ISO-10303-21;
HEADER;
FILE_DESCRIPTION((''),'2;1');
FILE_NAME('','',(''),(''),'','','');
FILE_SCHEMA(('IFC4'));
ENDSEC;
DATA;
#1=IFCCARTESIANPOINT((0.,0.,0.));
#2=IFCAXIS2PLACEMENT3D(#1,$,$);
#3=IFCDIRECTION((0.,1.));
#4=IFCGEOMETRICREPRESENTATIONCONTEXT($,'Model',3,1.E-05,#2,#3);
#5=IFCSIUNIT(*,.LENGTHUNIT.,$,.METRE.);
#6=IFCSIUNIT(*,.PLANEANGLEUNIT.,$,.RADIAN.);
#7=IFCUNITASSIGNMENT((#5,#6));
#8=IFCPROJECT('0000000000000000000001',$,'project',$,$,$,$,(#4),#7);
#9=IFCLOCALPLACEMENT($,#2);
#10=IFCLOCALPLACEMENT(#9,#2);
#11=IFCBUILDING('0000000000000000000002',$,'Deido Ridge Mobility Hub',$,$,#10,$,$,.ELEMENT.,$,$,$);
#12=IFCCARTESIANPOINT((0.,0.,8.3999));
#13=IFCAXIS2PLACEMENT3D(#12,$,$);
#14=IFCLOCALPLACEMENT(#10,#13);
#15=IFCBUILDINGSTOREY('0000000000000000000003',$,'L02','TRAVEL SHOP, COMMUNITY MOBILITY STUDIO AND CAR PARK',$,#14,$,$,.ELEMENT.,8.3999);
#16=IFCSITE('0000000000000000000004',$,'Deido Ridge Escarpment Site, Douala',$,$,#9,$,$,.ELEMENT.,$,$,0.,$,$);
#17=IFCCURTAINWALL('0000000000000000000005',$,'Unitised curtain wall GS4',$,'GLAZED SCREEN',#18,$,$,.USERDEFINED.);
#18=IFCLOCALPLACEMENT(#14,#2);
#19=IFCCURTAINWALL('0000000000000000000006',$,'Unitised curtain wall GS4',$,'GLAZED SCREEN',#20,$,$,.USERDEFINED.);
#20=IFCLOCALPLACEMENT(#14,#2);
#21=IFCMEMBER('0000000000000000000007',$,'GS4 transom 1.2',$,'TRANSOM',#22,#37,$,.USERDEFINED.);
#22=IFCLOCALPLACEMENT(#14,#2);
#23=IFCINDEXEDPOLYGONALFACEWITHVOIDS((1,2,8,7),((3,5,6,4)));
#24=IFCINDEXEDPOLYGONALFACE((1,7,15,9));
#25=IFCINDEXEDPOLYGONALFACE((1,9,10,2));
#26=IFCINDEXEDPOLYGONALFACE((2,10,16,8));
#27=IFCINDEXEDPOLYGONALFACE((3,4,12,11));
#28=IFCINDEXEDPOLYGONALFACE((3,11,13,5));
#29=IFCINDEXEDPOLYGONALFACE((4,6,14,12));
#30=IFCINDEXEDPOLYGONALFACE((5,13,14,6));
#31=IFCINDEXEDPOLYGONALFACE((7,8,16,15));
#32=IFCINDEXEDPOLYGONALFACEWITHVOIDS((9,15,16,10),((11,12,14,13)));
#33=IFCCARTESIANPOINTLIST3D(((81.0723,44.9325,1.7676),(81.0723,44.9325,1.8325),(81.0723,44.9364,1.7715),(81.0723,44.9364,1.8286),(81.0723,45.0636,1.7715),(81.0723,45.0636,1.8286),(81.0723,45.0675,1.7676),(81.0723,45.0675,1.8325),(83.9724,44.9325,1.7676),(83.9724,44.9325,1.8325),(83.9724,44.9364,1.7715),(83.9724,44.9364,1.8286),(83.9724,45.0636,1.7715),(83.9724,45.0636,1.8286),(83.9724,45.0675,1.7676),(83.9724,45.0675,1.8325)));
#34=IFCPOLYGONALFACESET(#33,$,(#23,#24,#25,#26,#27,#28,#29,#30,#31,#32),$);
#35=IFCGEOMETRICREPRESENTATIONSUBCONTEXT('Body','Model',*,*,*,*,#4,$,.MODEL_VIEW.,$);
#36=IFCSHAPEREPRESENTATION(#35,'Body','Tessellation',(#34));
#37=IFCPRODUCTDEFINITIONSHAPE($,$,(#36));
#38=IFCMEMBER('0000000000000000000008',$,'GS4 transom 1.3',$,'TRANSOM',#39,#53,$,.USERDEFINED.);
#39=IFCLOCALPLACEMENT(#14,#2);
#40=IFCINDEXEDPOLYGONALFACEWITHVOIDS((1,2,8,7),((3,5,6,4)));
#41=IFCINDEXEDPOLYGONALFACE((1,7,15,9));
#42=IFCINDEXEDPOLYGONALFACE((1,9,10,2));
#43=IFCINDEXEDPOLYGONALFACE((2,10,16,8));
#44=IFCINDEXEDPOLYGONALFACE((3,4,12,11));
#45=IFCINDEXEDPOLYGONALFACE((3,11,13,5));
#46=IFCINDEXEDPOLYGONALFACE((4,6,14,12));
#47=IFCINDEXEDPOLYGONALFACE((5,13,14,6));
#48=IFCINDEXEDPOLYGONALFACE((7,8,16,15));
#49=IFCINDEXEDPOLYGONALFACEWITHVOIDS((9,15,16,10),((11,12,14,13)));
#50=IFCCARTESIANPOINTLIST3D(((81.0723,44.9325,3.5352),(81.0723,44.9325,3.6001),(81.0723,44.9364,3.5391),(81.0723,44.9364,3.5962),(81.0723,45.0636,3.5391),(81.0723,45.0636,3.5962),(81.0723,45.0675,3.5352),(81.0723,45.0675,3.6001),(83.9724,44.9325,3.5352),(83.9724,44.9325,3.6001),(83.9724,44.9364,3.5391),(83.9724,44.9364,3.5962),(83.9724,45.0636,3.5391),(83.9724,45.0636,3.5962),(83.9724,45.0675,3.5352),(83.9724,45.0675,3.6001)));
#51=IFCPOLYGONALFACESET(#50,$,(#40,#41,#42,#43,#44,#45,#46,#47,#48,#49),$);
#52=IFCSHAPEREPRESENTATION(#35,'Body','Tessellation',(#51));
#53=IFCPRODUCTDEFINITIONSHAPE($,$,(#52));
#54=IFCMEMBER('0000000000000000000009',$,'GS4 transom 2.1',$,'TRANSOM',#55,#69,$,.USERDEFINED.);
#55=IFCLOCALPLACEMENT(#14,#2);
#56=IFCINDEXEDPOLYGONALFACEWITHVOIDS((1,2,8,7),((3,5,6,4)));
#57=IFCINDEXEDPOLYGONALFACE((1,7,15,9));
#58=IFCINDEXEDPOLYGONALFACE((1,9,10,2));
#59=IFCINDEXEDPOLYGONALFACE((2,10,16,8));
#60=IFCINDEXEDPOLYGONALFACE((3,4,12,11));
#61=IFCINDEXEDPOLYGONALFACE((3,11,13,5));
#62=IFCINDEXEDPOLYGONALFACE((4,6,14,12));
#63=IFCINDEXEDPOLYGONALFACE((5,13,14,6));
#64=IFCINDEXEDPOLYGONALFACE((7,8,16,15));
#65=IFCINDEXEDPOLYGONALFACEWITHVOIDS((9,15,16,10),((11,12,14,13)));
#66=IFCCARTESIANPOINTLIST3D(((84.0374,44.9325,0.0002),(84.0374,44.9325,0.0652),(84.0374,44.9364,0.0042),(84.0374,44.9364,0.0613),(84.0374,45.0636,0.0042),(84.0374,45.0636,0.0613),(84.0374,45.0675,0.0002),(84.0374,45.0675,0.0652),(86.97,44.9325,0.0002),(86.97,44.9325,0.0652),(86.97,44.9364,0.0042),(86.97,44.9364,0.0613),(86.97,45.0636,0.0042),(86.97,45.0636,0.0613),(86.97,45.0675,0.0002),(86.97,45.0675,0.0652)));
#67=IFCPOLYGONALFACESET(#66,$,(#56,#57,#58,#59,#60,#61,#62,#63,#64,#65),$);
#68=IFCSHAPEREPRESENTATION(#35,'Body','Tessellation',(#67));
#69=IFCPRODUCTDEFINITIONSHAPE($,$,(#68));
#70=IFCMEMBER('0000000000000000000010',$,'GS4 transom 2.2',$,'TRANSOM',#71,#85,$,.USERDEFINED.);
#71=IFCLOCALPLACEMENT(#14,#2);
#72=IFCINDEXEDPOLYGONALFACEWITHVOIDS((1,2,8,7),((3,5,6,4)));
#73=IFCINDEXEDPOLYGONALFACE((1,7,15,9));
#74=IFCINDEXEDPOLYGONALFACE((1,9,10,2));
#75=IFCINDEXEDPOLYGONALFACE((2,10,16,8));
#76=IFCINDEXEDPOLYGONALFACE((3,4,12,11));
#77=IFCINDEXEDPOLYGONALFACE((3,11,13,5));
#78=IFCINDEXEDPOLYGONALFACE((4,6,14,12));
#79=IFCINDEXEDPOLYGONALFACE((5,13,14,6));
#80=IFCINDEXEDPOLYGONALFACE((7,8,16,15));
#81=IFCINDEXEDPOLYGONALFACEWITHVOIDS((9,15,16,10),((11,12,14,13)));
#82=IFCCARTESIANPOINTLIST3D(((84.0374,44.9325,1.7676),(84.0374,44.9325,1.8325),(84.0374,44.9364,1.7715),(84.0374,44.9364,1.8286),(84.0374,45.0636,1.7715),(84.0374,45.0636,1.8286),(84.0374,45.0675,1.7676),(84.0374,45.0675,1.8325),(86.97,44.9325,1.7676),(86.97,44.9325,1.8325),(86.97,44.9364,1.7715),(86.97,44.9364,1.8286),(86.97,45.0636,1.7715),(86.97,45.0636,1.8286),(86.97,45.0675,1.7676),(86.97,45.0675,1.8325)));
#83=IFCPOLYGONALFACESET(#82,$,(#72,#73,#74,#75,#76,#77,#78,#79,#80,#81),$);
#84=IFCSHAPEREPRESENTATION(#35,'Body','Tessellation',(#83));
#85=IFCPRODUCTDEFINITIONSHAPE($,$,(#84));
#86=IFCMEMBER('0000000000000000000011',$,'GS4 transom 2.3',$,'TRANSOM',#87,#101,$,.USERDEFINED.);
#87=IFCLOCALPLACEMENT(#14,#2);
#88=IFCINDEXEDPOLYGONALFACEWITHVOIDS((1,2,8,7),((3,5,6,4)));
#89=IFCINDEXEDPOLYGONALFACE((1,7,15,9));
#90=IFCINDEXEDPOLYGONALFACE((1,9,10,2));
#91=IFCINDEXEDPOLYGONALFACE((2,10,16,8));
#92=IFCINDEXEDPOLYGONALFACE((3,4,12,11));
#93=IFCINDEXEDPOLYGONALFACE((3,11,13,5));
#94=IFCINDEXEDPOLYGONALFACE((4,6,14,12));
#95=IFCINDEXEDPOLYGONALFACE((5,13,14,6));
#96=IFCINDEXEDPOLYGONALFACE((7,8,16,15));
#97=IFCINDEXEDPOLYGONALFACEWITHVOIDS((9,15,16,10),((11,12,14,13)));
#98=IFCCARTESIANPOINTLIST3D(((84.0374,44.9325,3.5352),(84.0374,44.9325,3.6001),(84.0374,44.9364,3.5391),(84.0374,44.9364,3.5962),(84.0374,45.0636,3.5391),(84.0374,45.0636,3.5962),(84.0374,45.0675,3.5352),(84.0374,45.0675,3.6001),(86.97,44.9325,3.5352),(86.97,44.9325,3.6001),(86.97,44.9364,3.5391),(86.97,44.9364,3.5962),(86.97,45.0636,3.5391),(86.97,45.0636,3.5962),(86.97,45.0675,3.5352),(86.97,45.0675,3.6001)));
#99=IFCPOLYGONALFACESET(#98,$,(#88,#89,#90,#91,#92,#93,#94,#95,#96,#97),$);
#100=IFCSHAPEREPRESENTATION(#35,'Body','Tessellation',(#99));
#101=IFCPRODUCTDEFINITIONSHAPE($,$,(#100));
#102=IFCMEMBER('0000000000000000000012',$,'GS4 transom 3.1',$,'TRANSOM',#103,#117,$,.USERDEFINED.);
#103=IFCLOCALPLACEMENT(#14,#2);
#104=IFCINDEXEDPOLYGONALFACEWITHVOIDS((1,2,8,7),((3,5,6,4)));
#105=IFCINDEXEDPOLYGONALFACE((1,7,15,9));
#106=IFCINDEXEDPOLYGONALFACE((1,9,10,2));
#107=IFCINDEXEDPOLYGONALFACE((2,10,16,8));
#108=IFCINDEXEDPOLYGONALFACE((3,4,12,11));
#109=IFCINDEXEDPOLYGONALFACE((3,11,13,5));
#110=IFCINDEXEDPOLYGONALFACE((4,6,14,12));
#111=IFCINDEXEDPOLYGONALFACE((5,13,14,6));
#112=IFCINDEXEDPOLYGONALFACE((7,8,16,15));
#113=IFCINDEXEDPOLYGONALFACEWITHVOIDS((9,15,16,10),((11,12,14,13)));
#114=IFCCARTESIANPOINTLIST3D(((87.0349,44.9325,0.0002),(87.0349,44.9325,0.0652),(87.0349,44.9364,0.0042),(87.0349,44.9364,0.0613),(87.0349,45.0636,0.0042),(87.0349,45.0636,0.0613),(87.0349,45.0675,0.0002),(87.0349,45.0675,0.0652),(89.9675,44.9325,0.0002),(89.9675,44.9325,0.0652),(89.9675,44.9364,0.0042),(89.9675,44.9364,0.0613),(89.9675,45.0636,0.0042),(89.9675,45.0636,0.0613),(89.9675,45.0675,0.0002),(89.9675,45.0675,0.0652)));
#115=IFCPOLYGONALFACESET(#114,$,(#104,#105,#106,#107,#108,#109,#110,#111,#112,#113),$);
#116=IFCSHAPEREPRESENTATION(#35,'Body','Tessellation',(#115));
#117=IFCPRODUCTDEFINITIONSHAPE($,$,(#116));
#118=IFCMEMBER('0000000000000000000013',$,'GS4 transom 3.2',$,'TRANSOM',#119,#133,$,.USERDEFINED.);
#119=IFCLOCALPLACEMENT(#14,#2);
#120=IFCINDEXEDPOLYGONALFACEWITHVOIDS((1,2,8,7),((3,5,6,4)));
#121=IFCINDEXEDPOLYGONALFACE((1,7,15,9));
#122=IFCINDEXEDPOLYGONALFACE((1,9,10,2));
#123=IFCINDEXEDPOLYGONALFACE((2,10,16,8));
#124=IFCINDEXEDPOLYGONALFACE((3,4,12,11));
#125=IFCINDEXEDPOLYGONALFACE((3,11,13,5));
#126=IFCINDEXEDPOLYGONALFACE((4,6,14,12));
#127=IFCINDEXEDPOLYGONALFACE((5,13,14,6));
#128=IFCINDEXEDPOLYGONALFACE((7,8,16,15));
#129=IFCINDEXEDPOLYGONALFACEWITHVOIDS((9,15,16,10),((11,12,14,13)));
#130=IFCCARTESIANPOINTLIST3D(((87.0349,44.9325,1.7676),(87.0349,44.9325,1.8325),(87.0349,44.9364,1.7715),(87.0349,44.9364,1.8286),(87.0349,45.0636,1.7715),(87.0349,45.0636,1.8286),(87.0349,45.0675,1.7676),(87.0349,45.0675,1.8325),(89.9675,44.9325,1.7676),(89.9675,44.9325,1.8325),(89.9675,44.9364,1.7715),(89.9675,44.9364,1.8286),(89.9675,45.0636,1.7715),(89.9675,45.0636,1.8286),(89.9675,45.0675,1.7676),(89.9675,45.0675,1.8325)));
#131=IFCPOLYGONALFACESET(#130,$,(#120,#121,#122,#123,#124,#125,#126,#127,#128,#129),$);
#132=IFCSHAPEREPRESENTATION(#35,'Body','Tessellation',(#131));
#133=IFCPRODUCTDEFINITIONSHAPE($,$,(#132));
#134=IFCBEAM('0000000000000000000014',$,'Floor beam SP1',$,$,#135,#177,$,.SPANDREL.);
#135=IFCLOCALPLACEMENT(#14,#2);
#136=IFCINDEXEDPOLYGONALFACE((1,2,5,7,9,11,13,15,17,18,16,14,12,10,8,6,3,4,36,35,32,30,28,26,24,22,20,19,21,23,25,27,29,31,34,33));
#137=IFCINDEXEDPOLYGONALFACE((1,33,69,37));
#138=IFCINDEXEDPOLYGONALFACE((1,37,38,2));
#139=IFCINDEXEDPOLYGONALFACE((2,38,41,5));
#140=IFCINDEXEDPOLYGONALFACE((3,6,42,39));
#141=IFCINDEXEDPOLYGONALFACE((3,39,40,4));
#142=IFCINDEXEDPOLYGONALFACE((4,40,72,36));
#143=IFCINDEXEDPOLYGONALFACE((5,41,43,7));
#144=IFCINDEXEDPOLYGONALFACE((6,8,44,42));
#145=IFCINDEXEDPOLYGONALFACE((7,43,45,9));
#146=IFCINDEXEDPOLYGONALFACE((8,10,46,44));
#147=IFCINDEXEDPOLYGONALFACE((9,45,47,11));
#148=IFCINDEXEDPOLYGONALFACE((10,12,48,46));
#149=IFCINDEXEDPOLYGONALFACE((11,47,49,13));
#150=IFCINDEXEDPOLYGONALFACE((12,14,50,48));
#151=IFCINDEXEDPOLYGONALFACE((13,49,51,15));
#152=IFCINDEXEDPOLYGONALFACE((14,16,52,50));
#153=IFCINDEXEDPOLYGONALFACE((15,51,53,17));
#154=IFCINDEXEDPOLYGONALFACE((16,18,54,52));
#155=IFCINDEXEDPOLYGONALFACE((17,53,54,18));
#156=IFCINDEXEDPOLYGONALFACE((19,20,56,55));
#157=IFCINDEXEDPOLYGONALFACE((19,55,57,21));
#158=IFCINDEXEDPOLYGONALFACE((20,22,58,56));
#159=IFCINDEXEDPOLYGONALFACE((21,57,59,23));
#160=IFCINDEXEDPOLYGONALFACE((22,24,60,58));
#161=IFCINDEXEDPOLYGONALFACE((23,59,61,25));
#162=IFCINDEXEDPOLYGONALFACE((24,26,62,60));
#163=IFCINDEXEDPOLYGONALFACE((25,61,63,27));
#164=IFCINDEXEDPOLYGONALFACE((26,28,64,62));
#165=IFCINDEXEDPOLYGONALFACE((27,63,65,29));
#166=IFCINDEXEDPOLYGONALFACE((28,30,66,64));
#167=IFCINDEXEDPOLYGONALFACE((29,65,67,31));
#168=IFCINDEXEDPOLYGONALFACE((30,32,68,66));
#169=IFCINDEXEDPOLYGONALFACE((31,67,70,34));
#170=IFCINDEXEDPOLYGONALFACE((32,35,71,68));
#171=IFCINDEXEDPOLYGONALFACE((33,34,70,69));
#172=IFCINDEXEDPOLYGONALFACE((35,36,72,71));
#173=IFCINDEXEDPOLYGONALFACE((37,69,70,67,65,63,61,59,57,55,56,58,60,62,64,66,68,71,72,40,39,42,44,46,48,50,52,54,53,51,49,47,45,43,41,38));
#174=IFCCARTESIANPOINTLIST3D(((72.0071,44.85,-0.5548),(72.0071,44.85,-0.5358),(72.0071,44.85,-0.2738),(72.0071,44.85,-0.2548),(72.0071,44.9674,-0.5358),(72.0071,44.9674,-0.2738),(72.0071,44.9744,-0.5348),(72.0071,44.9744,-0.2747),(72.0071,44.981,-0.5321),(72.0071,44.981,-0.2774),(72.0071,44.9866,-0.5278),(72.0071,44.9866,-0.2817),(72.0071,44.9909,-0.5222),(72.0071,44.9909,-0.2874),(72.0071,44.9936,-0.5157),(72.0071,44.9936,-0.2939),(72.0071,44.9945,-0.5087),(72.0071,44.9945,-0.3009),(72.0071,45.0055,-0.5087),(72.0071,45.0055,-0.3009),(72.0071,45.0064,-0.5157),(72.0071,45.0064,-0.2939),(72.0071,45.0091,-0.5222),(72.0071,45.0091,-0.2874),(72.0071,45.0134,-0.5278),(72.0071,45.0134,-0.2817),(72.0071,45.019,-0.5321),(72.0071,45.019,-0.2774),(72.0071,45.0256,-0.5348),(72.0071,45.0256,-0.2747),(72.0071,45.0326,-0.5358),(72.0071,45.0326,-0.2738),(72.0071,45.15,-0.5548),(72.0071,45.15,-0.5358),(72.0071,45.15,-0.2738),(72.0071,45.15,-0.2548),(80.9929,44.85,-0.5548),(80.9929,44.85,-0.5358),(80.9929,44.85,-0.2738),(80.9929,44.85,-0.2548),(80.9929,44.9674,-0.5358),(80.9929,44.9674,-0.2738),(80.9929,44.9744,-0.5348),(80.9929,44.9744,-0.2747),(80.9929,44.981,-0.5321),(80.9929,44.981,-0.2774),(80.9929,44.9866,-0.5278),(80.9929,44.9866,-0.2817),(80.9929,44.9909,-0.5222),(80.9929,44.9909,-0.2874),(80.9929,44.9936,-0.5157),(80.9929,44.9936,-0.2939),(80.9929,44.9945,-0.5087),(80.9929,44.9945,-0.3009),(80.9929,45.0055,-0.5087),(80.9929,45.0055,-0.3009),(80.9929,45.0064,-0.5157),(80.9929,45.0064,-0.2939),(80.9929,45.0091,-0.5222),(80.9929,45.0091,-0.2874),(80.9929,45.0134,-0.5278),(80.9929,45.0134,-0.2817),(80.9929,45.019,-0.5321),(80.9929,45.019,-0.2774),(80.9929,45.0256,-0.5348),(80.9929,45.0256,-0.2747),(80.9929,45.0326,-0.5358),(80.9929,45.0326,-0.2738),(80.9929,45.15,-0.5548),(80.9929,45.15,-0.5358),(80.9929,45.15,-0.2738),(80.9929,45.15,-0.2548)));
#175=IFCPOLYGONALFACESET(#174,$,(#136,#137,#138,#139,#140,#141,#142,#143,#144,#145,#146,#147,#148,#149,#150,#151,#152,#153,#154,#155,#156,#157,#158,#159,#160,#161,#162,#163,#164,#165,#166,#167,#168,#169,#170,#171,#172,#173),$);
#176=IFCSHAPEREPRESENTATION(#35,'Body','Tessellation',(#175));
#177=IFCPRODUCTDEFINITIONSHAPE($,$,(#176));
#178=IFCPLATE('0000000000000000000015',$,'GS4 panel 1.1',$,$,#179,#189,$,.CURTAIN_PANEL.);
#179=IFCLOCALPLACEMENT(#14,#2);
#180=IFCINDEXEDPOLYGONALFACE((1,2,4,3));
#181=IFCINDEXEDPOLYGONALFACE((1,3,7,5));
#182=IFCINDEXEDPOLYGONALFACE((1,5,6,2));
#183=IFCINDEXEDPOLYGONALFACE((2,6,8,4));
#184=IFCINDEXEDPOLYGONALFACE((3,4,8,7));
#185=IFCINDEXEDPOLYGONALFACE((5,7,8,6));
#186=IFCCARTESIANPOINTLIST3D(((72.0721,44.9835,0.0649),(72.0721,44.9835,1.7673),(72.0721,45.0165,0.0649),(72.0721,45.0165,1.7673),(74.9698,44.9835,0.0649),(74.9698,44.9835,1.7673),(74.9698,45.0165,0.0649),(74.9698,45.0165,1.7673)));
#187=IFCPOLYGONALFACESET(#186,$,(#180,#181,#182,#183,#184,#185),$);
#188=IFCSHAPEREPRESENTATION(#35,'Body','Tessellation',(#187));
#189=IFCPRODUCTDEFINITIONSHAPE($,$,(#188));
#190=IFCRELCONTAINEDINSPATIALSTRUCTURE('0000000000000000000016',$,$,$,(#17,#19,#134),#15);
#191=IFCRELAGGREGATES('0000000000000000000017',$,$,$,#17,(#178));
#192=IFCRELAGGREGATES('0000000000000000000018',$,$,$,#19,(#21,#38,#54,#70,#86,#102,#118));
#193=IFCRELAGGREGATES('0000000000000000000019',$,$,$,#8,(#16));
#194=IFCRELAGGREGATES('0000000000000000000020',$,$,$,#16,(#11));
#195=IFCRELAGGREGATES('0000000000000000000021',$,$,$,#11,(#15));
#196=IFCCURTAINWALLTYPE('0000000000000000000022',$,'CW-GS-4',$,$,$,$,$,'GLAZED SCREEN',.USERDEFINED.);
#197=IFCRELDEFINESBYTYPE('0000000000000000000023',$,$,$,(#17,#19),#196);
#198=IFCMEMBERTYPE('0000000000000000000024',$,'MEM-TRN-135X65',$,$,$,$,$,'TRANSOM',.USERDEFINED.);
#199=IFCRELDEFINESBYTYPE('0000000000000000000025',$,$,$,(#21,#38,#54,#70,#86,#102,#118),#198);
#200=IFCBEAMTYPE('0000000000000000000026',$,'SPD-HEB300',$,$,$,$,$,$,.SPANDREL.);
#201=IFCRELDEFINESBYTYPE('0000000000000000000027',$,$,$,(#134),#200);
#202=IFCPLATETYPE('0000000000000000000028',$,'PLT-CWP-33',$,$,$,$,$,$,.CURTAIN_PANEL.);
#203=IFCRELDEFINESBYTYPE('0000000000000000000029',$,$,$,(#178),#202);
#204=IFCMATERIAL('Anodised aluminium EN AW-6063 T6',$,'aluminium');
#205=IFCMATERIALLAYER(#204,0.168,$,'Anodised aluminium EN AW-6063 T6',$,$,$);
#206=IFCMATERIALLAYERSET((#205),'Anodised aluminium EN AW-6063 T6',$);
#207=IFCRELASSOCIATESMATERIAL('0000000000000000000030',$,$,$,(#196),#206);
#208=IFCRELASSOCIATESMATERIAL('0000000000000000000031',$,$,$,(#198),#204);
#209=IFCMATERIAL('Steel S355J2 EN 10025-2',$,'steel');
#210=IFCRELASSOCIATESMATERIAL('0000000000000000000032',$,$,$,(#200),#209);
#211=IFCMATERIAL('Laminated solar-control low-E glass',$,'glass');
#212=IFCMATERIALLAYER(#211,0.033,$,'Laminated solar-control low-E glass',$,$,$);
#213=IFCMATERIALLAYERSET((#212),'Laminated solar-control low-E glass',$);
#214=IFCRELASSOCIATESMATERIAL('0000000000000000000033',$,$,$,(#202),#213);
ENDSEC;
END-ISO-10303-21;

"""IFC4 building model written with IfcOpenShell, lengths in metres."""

from ifc_helpers import new_model, si_unit, direction, frame, origin, origin_2d, place, context, subcontext, project, spatial, rectangle, hollow_rectangle, i_section, extrude, material, layer, layer_set, material_profile, profile_set, type_object, element, aggregate, save


model = new_model("IFC4")

# Units and contexts
model_context = context("Model", 3, precision=1e-05, world=origin(), true_north=direction((0.0, 1.0)))
body_context = subcontext(model_context, "Body", "Model", "MODEL_VIEW")
ifc_project = project(units=[si_unit("LENGTHUNIT", "METRE"), si_unit("PLANEANGLEUNIT", "RADIAN")], contexts=[model_context])

# Site, building, storey
site_placement = place(None, origin())
site = spatial("IfcSite", under=ifc_project, at=site_placement, Name="Deido Ridge Escarpment Site, Douala", CompositionType="ELEMENT", RefElevation=0.0)
building_placement = place(site_placement, origin())
building = spatial("IfcBuilding", under=site, at=building_placement, Name="Deido Ridge Mobility Hub", CompositionType="ELEMENT")
storey_placement = place(building_placement, frame((0.0, 0.0, 8.3999)))
storey = spatial("IfcBuildingStorey", under=building, at=storey_placement, Name="L02", Description="TRAVEL SHOP, COMMUNITY MOBILITY STUDIO AND CAR PARK", CompositionType="ELEMENT", Elevation=8.3999)

# Shared definitions
ifc_material_1 = material(Name="Steel S355J2 EN 10025-2", Category="steel")

# Curtain walls
ifc_material_2 = material(Name="Anodised aluminium EN AW-6063 T6", Category="aluminium")
ifc_layer_1 = layer(ifc_material_2, 0.168, Name="Anodised aluminium EN AW-6063 T6")
ifc_layer_set_1 = layer_set([ifc_layer_1], Name="Anodised aluminium EN AW-6063 T6")
curtain_wall_type = type_object("IfcCurtainWallType", Name="CW-GS-4", ElementType="GLAZED SCREEN", PredefinedType="USERDEFINED", material=ifc_layer_set_1)
curtain_wall_1_placement = place(storey_placement, origin())
curtain_wall_1 = element("IfcCurtainWall", 1, at=curtain_wall_1_placement, inside=storey, type_object=curtain_wall_type, Name="Unitised curtain wall GS4", ObjectType="GLAZED SCREEN", PredefinedType="USERDEFINED")
curtain_wall_2_placement = place(storey_placement, origin())
curtain_wall_2 = element("IfcCurtainWall", 2, at=curtain_wall_2_placement, inside=storey, type_object=curtain_wall_type, Name="Unitised curtain wall GS4", ObjectType="GLAZED SCREEN", PredefinedType="USERDEFINED")

# Members
ifc_material_profile_1 = material_profile(ifc_material_2, hollow_rectangle(XDim=0.135, YDim=0.0649, WallThickness=0.0039, at=origin_2d()), Name="RHS 135x65x4")
ifc_profile_set_1 = profile_set([ifc_material_profile_1], Name="Anodised aluminium EN AW-6063 T6")
member_type_1 = type_object("IfcMemberType", Name="MEM-TRN-135X65", ElementType="TRANSOM", PredefinedType="USERDEFINED", material=ifc_profile_set_1)
member_1_placement = place(storey_placement, frame((81.0723, 45.0, 1.8), z_axis=(1.0, 0.0, 0.0), x_axis=(0.0, 1.0, 0.0)))
member_1 = element("IfcMember", 3, at=member_1_placement, type_object=member_type_1, Name="GS4 transom 1.2", ObjectType="TRANSOM", PredefinedType="USERDEFINED", context=body_context, shape_type="SweptSolid", body=[
    extrude(hollow_rectangle(XDim=0.135, YDim=0.0649, WallThickness=0.0039, at=origin_2d()), origin(), (0.0, 0.0, 1.0), 2.9001),
])
member_2_placement = place(storey_placement, frame((81.0723, 45.0, 3.5676), z_axis=(1.0, 0.0, 0.0), x_axis=(0.0, 1.0, 0.0)))
member_2 = element("IfcMember", 4, at=member_2_placement, type_object=member_type_1, Name="GS4 transom 1.3", ObjectType="TRANSOM", PredefinedType="USERDEFINED", context=body_context, shape_type="SweptSolid", body=[
    extrude(hollow_rectangle(XDim=0.135, YDim=0.0649, WallThickness=0.0039, at=origin_2d()), origin(), (0.0, 0.0, 1.0), 2.9001),
])
member_3_placement = place(storey_placement, frame((84.0374, 45.0, 0.0327), z_axis=(1.0, 0.0, 0.0), x_axis=(0.0, 1.0, 0.0)))
member_3 = element("IfcMember", 5, at=member_3_placement, type_object=member_type_1, Name="GS4 transom 2.1", ObjectType="TRANSOM", PredefinedType="USERDEFINED", context=body_context, shape_type="SweptSolid", body=[
    extrude(hollow_rectangle(XDim=0.135, YDim=0.0649, WallThickness=0.0039, at=origin_2d()), origin(), (0.0, 0.0, 1.0), 2.9326),
])
member_4_placement = place(storey_placement, frame((84.0374, 45.0, 1.8), z_axis=(1.0, 0.0, 0.0), x_axis=(0.0, 1.0, 0.0)))
member_4 = element("IfcMember", 6, at=member_4_placement, type_object=member_type_1, Name="GS4 transom 2.2", ObjectType="TRANSOM", PredefinedType="USERDEFINED", context=body_context, shape_type="SweptSolid", body=[
    extrude(hollow_rectangle(XDim=0.135, YDim=0.0649, WallThickness=0.0039, at=origin_2d()), origin(), (0.0, 0.0, 1.0), 2.9326),
])
member_5_placement = place(storey_placement, frame((84.0374, 45.0, 3.5676), z_axis=(1.0, 0.0, 0.0), x_axis=(0.0, 1.0, 0.0)))
member_5 = element("IfcMember", 7, at=member_5_placement, type_object=member_type_1, Name="GS4 transom 2.3", ObjectType="TRANSOM", PredefinedType="USERDEFINED", context=body_context, shape_type="SweptSolid", body=[
    extrude(hollow_rectangle(XDim=0.135, YDim=0.0649, WallThickness=0.0039, at=origin_2d()), origin(), (0.0, 0.0, 1.0), 2.9326),
])
member_6_placement = place(storey_placement, frame((87.0349, 45.0, 0.0327), z_axis=(1.0, 0.0, 0.0), x_axis=(0.0, 1.0, 0.0)))
member_6 = element("IfcMember", 8, at=member_6_placement, type_object=member_type_1, Name="GS4 transom 3.1", ObjectType="TRANSOM", PredefinedType="USERDEFINED", context=body_context, shape_type="SweptSolid", body=[
    extrude(hollow_rectangle(XDim=0.135, YDim=0.0649, WallThickness=0.0039, at=origin_2d()), origin(), (0.0, 0.0, 1.0), 2.9326),
])
member_7_placement = place(storey_placement, frame((87.0349, 45.0, 1.8), z_axis=(1.0, 0.0, 0.0), x_axis=(0.0, 1.0, 0.0)))
member_7 = element("IfcMember", 9, at=member_7_placement, type_object=member_type_1, Name="GS4 transom 3.2", ObjectType="TRANSOM", PredefinedType="USERDEFINED", context=body_context, shape_type="SweptSolid", body=[
    extrude(hollow_rectangle(XDim=0.135, YDim=0.0649, WallThickness=0.0039, at=origin_2d()), origin(), (0.0, 0.0, 1.0), 2.9326),
])

# Beam
ifc_material_profile_2 = material_profile(ifc_material_1, i_section(OverallWidth=0.3, OverallDepth=0.3, WebThickness=0.011, FlangeThickness=0.019, FilletRadius=0.0271, at=origin_2d()), Name="HEB 300")
ifc_profile_set_2 = profile_set([ifc_material_profile_2], Name="Steel S355J2 EN 10025-2")
beam_type = type_object("IfcBeamType", Name="SPD-HEB300", PredefinedType="SPANDREL", material=ifc_profile_set_2)
beam_placement = place(storey_placement, frame((72.0071, 45.0, -0.4048), z_axis=(1.0, 0.0, 0.0), x_axis=(0.0, 1.0, 0.0)))
element("IfcBeam", 10, at=beam_placement, inside=storey, type_object=beam_type, Name="Floor beam SP1", PredefinedType="SPANDREL", context=body_context, shape_type="SweptSolid", body=[
    extrude(i_section(OverallWidth=0.3, OverallDepth=0.3, WebThickness=0.011, FlangeThickness=0.019, FilletRadius=0.0271, at=origin_2d()), origin(), (0.0, 0.0, 1.0), 8.9858),
])

# Plate
ifc_material_3 = material(Name="Laminated solar-control low-E glass", Category="glass")
ifc_layer_2 = layer(ifc_material_3, 0.033, Name="Laminated solar-control low-E glass")
ifc_layer_set_2 = layer_set([ifc_layer_2], Name="Laminated solar-control low-E glass")
plate_type = type_object("IfcPlateType", Name="PLT-CWP-33", PredefinedType="CURTAIN_PANEL", material=ifc_layer_set_2)
plate_1_placement = place(storey_placement, frame((73.521, 45.0, 0.0649), z_axis=(0.0, 0.0, 1.0), x_axis=(1.0, 0.0, 0.0)))
plate_1 = element("IfcPlate", 11, at=plate_1_placement, type_object=plate_type, Name="GS4 panel 1.1", PredefinedType="CURTAIN_PANEL", context=body_context, shape_type="SweptSolid", body=[
    extrude(rectangle(XDim=2.8977, YDim=0.033, at=origin_2d()), origin(), (0.0, 0.0, 1.0), 1.7024),
])
aggregate(curtain_wall_1, [plate_1])
aggregate(curtain_wall_2, [member_1, member_2, member_3, member_4, member_5, member_6, member_7])

save(model, "model.ifc")
